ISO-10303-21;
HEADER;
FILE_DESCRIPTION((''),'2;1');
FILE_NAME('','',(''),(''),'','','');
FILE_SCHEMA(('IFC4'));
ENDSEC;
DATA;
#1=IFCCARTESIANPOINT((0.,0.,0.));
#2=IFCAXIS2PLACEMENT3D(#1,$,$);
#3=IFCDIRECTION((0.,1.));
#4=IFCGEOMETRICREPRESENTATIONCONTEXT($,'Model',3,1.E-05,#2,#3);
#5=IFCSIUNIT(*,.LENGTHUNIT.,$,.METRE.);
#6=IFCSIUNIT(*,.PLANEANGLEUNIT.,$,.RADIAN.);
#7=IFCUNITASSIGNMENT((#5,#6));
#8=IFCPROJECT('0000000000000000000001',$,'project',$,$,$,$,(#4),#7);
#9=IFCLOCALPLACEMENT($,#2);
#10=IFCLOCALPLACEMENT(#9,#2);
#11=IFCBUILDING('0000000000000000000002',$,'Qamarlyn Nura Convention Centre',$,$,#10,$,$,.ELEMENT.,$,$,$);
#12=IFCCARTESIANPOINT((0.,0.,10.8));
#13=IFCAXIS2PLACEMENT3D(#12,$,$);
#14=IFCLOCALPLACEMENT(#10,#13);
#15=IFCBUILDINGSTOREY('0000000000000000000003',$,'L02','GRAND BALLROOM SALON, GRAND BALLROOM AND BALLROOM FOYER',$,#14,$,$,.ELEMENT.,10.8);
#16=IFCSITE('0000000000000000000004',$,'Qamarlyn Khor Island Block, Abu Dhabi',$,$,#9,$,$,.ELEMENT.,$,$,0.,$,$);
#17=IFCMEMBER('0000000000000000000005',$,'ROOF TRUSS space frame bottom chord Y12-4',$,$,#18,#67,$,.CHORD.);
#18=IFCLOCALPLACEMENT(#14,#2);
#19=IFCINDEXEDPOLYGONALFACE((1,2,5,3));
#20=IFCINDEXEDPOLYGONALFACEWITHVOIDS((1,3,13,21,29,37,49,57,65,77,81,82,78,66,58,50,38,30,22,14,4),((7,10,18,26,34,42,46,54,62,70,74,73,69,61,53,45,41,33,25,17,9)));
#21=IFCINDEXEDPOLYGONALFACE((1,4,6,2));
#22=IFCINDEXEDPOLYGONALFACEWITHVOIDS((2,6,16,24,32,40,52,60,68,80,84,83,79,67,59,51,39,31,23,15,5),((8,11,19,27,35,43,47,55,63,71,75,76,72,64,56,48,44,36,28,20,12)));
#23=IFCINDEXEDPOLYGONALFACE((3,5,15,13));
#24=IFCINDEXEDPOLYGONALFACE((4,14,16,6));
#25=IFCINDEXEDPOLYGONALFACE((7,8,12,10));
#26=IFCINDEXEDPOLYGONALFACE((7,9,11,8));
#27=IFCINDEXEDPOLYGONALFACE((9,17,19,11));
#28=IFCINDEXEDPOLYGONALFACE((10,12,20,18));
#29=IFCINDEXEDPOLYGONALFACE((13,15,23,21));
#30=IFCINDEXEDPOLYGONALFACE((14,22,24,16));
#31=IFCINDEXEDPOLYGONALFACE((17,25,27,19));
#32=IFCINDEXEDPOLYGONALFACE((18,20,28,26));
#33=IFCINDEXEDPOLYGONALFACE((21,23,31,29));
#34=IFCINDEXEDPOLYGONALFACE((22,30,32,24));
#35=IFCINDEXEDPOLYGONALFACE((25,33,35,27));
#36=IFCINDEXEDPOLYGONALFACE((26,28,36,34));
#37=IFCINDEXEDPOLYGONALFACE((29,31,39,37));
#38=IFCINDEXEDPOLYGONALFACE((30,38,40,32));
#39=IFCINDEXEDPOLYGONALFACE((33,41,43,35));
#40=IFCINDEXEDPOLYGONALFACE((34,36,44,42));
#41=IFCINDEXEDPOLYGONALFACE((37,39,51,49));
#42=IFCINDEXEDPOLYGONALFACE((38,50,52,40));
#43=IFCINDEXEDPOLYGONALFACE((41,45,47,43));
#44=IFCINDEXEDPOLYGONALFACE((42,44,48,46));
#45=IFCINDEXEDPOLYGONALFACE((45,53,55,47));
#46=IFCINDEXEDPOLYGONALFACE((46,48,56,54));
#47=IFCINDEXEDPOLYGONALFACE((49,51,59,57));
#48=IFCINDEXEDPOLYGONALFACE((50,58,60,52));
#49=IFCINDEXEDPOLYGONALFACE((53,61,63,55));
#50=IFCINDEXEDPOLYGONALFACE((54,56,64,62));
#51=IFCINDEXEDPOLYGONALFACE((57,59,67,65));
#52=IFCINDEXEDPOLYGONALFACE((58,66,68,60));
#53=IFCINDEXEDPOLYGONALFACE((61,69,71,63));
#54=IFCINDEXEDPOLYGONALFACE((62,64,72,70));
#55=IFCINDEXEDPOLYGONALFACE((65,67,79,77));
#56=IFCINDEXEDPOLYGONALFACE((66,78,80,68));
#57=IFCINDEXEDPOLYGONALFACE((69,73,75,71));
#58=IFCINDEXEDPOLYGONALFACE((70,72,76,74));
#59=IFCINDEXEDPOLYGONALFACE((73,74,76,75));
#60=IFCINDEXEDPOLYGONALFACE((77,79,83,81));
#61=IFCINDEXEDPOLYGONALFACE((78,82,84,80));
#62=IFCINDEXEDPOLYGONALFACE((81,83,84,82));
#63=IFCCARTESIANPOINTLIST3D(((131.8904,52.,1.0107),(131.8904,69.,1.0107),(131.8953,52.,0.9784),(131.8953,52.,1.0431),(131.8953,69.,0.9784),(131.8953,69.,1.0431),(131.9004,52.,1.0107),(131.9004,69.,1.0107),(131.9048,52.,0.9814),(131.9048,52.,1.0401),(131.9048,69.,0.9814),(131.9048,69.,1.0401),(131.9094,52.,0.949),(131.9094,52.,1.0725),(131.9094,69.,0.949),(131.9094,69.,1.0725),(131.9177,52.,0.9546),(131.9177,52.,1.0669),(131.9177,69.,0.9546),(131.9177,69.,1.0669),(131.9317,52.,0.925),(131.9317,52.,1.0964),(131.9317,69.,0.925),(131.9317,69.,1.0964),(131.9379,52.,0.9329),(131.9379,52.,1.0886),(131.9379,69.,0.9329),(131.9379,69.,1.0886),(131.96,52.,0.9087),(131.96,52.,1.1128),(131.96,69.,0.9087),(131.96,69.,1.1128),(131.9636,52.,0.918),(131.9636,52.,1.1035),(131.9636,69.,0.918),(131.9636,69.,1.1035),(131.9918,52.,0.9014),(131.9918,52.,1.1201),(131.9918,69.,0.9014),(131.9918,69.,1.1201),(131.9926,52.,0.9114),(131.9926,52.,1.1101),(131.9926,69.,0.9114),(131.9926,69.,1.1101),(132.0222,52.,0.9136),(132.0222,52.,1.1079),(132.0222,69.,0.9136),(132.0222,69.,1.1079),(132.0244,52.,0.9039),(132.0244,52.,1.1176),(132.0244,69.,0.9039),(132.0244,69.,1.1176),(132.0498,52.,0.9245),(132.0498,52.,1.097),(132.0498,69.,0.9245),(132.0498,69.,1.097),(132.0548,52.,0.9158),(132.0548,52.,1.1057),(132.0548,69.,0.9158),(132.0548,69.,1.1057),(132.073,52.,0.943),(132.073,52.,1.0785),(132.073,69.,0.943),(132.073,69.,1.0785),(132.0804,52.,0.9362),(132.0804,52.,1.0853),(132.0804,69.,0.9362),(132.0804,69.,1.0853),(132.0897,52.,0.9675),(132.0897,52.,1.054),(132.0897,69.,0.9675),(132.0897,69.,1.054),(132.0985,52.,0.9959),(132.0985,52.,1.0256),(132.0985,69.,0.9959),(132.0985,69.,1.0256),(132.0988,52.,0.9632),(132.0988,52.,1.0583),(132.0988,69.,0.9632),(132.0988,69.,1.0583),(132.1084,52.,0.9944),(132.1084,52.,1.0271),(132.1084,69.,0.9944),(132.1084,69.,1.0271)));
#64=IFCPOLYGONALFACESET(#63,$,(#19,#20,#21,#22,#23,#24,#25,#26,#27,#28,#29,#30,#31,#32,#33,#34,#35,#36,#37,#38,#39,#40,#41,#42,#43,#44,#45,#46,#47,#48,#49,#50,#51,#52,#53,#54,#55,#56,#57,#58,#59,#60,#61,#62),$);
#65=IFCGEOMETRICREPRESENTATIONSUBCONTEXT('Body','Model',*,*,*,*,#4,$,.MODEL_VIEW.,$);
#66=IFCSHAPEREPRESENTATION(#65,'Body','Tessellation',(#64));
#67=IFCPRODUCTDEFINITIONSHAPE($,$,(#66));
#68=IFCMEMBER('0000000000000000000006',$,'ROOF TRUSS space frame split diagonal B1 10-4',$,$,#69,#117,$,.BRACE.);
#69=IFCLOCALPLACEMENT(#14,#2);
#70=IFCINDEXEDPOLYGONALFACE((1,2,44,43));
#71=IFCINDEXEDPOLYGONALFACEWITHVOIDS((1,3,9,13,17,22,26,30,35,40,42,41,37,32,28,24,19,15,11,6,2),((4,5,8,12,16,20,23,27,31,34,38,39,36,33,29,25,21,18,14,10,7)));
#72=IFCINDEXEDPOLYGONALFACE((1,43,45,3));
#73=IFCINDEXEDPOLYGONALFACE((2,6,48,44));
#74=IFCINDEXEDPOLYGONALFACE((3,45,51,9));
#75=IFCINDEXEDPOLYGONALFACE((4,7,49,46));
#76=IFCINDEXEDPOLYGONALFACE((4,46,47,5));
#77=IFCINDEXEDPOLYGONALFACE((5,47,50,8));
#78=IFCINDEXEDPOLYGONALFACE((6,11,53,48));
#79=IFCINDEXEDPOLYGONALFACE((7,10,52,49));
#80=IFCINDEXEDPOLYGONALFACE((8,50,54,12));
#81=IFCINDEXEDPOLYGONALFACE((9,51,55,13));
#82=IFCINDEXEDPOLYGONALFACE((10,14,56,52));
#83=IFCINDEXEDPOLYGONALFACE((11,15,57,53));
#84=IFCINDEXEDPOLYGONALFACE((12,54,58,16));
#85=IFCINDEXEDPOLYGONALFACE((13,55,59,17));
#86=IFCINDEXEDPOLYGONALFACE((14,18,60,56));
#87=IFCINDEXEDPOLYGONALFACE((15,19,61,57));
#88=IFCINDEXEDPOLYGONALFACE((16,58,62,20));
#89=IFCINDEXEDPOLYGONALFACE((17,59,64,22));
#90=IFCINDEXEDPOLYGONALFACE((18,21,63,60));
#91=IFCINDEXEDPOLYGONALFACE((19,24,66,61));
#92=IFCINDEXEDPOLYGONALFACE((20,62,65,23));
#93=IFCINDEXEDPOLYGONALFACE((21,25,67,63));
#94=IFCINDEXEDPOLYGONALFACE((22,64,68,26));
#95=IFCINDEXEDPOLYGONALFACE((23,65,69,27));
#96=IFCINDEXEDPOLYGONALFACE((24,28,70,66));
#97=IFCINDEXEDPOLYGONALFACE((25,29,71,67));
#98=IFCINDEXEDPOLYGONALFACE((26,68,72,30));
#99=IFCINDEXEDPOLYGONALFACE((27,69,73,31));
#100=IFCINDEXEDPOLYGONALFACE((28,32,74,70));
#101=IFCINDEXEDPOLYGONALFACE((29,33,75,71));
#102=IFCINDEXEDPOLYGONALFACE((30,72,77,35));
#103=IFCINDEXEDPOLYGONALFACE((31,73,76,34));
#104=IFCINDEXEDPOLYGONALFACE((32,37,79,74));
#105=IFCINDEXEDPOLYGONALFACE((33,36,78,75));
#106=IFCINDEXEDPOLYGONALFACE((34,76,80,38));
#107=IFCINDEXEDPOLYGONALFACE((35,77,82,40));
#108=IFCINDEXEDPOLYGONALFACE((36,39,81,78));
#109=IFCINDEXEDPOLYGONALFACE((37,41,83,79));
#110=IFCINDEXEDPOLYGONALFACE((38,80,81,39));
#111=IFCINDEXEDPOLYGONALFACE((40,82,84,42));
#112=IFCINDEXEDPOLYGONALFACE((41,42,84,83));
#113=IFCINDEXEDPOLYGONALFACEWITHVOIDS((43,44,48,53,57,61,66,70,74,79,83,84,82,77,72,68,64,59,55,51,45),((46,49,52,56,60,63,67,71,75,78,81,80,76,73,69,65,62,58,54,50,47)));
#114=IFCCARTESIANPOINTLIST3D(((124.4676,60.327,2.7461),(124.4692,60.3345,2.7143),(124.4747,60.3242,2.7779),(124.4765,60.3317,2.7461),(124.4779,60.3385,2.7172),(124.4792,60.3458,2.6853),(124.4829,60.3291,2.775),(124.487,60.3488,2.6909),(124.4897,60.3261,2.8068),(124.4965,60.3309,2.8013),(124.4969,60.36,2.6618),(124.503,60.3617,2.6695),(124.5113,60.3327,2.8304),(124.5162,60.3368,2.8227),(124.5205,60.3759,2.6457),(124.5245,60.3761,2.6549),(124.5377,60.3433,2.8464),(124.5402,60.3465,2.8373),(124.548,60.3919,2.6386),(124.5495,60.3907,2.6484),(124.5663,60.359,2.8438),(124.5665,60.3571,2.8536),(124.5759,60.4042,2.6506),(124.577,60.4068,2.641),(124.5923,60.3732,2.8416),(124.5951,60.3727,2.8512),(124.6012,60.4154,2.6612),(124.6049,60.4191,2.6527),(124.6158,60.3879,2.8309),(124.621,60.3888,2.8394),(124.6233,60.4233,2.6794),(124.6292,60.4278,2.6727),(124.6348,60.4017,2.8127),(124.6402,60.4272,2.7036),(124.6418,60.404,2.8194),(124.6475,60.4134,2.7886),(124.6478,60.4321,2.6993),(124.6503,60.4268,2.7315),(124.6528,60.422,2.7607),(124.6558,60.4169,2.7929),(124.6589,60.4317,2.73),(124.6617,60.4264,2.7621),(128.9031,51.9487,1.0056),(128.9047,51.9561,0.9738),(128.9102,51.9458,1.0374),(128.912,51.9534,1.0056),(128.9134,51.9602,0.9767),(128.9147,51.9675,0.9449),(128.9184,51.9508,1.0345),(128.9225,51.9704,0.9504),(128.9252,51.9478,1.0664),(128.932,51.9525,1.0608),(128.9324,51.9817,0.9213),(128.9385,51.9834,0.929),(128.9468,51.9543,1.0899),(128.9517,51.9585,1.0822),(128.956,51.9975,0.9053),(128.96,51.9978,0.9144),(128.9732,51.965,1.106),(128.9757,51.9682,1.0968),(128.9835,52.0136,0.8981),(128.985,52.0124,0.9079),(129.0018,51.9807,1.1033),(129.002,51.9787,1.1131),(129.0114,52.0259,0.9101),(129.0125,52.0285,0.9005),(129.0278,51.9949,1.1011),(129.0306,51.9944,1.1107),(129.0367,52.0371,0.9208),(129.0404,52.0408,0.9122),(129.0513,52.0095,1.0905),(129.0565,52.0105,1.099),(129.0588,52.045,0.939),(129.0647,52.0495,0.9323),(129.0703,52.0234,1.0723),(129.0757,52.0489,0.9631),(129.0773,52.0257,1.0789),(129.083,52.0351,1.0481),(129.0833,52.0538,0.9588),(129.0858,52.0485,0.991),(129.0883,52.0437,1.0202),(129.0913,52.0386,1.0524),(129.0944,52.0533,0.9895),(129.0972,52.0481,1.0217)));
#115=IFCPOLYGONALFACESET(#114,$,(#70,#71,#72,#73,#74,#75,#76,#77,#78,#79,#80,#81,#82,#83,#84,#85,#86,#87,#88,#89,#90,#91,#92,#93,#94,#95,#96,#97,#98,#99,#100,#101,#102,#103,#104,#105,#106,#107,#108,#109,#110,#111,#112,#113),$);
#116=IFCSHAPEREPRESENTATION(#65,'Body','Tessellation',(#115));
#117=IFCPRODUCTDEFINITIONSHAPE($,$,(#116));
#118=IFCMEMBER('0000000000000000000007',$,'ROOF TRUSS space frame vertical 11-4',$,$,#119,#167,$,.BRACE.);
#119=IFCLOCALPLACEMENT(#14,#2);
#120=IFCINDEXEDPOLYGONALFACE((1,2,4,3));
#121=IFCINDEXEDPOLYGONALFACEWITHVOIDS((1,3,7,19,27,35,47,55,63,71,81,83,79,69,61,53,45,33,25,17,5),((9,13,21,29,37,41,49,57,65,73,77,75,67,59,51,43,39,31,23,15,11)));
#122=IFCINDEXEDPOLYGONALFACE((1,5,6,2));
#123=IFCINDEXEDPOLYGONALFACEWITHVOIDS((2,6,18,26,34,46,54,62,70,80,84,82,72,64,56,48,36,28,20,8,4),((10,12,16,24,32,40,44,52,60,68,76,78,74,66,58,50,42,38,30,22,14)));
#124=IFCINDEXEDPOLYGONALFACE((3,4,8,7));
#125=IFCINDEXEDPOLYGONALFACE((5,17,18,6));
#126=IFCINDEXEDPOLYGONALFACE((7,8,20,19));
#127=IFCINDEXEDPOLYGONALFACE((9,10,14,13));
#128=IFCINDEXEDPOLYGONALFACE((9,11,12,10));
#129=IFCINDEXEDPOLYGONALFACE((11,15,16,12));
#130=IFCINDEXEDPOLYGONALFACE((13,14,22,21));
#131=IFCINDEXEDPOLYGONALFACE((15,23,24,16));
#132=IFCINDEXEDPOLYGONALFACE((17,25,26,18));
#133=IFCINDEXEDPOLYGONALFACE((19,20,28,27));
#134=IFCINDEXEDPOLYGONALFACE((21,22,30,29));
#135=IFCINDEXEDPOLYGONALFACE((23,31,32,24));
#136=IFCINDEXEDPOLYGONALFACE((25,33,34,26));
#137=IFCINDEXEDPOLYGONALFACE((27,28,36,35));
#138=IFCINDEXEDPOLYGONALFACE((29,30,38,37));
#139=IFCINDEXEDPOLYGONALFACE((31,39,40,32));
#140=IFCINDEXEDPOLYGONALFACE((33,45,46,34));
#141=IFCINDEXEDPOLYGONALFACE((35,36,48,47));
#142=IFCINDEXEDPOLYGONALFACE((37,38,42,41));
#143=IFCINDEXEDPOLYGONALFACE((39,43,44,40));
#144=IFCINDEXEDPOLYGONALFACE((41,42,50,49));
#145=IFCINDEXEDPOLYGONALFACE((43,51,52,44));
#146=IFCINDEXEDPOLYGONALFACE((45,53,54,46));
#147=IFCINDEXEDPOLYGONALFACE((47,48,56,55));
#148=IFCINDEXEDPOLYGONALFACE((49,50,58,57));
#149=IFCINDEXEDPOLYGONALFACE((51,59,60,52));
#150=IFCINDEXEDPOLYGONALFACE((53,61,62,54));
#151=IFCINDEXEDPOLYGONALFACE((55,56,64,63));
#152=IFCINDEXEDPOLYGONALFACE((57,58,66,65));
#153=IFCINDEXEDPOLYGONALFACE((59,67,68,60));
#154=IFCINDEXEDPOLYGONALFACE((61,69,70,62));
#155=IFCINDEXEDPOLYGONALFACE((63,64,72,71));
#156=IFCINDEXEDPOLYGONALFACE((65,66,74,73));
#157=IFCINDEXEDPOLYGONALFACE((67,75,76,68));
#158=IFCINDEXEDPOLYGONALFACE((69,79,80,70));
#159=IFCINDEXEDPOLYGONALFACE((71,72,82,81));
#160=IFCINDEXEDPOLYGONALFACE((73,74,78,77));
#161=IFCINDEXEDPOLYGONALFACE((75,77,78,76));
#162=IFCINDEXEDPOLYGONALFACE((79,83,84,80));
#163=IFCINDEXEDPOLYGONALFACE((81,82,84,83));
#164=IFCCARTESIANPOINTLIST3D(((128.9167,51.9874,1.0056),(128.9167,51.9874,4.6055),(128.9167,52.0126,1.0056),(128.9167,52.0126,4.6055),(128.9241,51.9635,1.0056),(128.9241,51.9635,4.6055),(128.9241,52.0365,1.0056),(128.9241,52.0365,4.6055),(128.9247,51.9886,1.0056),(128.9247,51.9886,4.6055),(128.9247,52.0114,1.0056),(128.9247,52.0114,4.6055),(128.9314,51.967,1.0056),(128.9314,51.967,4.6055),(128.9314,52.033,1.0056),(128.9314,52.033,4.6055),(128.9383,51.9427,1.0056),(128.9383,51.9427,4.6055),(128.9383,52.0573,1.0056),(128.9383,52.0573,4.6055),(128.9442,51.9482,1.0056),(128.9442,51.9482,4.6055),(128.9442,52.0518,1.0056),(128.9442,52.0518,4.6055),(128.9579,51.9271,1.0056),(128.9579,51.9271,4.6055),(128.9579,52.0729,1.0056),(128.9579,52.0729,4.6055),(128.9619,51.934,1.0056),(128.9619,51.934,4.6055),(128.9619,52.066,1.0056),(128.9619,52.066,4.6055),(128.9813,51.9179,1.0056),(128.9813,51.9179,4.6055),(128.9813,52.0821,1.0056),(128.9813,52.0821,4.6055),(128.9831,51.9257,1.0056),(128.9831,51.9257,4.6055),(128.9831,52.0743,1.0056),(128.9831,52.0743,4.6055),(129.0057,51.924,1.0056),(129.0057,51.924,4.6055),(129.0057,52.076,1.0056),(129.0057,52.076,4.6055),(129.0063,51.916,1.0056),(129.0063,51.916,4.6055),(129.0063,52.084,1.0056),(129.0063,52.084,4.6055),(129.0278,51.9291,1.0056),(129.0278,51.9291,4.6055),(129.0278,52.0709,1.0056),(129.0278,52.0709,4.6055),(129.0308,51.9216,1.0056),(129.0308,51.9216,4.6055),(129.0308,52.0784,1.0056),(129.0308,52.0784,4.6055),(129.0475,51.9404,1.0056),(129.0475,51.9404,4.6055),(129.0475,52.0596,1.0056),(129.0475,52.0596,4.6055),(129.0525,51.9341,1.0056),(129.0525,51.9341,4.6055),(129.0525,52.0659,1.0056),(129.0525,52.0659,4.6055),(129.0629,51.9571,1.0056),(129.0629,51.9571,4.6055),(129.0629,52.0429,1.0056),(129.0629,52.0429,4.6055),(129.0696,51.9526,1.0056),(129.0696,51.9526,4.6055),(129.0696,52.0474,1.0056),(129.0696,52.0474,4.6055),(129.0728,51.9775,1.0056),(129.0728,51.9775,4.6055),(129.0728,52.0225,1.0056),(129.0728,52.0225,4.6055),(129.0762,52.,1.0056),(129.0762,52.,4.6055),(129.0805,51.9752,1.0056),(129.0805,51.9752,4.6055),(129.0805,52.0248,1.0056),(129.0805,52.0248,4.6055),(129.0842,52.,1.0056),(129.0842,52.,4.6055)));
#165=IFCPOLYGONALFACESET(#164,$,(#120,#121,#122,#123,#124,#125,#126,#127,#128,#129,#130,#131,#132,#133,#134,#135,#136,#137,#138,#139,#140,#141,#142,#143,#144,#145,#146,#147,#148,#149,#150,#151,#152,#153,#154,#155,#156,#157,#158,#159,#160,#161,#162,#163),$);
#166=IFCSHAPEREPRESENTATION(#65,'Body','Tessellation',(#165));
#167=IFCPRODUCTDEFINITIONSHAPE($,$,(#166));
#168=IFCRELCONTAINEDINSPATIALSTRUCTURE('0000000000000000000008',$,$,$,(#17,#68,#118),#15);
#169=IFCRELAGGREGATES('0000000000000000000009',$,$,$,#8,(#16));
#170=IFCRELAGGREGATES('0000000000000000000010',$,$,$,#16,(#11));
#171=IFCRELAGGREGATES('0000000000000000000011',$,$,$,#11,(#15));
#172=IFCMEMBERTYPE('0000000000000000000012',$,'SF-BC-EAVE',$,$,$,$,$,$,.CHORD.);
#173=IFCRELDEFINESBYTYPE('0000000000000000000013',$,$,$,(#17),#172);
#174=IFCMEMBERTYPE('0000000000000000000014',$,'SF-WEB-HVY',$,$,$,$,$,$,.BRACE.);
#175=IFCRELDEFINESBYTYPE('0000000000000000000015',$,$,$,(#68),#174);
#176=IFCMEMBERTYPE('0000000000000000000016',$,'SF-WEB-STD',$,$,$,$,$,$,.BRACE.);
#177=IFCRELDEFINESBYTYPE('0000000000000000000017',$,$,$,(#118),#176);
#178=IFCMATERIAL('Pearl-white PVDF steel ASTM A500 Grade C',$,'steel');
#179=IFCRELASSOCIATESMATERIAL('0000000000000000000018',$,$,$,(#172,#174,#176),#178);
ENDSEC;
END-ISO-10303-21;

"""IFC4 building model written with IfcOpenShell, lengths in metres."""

from ifc_helpers import new_model, si_unit, direction, frame, origin, origin_2d, place, context, subcontext, project, spatial, hollow_circle, extrude, material, material_profile, profile_set, type_object, element, save


model = new_model("IFC4")

# Units and contexts
model_context = context("Model", 3, precision=1e-05, world=origin(), true_north=direction((0.0, 1.0)))
body_context = subcontext(model_context, "Body", "Model", "MODEL_VIEW")
ifc_project = project(units=[si_unit("LENGTHUNIT", "METRE"), si_unit("PLANEANGLEUNIT", "RADIAN")], contexts=[model_context])

# Site, building, storey
site_placement = place(None, origin())
site = spatial("IfcSite", under=ifc_project, at=site_placement, Name="Qamarlyn Khor Island Block, Abu Dhabi", CompositionType="ELEMENT", RefElevation=0.0)
building_placement = place(site_placement, origin())
building = spatial("IfcBuilding", under=site, at=building_placement, Name="Qamarlyn Nura Convention Centre", CompositionType="ELEMENT")
storey_placement = place(building_placement, frame((0.0, 0.0, 10.8)))
storey = spatial("IfcBuildingStorey", under=building, at=storey_placement, Name="L02", Description="GRAND BALLROOM SALON, GRAND BALLROOM AND BALLROOM FOYER", CompositionType="ELEMENT", Elevation=10.8)

# Members
ifc_material_1 = material(Name="Pearl-white PVDF steel ASTM A500 Grade C", Category="steel")
ifc_material_profile_1 = material_profile(ifc_material_1, hollow_circle(Radius=0.1096, WallThickness=0.01, at=origin_2d()), Name="CHS219.1X10")
ifc_profile_set_1 = profile_set([ifc_material_profile_1], Name="Pearl-white PVDF steel ASTM A500 Grade C")
member_type_1 = type_object("IfcMemberType", Name="SF-BC-EAVE", PredefinedType="CHORD", material=ifc_profile_set_1)
for number, where, z_axis, x_axis, name in (
    (1, (132.0, 52.0, 1.0107), (0.0, 1.0, 0.0), (-1.0, 0.0, 0.0), "ROOF TRUSS space frame bottom chord Y12-4"),
):
    element("IfcMember", number, at=place(storey_placement, frame(where, z_axis=z_axis, x_axis=x_axis)), inside=storey, type_object=member_type_1, Name=name, PredefinedType="CHORD", context=body_context, shape_type="SweptSolid", body=[
        extrude(hollow_circle(Radius=0.1096, WallThickness=0.01, at=origin_2d()), origin(), (0.0, 0.0, 1.0), 17.0),
    ])
ifc_material_profile_2 = material_profile(ifc_material_1, hollow_circle(Radius=0.1096, WallThickness=0.01, at=origin_2d()), Name="CHS219.1X10")
ifc_profile_set_2 = profile_set([ifc_material_profile_2], Name="Pearl-white PVDF steel ASTM A500 Grade C")
member_type_2 = type_object("IfcMemberType", Name="SF-WEB-HVY", PredefinedType="BRACE", material=ifc_profile_set_2)
member_1_placement = place(storey_placement, frame((129.0, 52.0, 1.0056), z_axis=(-0.460189, 0.869263, 0.180575), x_axis=(-0.883792, -0.467881, 0.0)))
element("IfcMember", 2, at=member_1_placement, inside=storey, type_object=member_type_2, Name="ROOF TRUSS space frame split diagonal B1 10-4", PredefinedType="BRACE", context=body_context, shape_type="SweptSolid", body=[
    extrude(hollow_circle(Radius=0.1096, WallThickness=0.01, at=origin_2d()), origin(), (0.0, 0.0, 1.0), 9.6384),
])
ifc_material_profile_3 = material_profile(ifc_material_1, hollow_circle(Radius=0.0842, WallThickness=0.0081, at=origin_2d()), Name="CHS168.3X8")
ifc_profile_set_3 = profile_set([ifc_material_profile_3], Name="Pearl-white PVDF steel ASTM A500 Grade C")
member_type_3 = type_object("IfcMemberType", Name="SF-WEB-STD", PredefinedType="BRACE", material=ifc_profile_set_3)
member_2_placement = place(storey_placement, frame((129.0, 52.0, 1.0056), z_axis=(0.0, 0.0, 1.0), x_axis=(1.0, 0.0, 0.0)))
element("IfcMember", 3, at=member_2_placement, inside=storey, type_object=member_type_3, Name="ROOF TRUSS space frame vertical 11-4", PredefinedType="BRACE", context=body_context, shape_type="SweptSolid", body=[
    extrude(hollow_circle(Radius=0.0842, WallThickness=0.0081, at=origin_2d()), origin(), (0.0, 0.0, 1.0), 3.5999),
])

save(model, "model.ifc")
